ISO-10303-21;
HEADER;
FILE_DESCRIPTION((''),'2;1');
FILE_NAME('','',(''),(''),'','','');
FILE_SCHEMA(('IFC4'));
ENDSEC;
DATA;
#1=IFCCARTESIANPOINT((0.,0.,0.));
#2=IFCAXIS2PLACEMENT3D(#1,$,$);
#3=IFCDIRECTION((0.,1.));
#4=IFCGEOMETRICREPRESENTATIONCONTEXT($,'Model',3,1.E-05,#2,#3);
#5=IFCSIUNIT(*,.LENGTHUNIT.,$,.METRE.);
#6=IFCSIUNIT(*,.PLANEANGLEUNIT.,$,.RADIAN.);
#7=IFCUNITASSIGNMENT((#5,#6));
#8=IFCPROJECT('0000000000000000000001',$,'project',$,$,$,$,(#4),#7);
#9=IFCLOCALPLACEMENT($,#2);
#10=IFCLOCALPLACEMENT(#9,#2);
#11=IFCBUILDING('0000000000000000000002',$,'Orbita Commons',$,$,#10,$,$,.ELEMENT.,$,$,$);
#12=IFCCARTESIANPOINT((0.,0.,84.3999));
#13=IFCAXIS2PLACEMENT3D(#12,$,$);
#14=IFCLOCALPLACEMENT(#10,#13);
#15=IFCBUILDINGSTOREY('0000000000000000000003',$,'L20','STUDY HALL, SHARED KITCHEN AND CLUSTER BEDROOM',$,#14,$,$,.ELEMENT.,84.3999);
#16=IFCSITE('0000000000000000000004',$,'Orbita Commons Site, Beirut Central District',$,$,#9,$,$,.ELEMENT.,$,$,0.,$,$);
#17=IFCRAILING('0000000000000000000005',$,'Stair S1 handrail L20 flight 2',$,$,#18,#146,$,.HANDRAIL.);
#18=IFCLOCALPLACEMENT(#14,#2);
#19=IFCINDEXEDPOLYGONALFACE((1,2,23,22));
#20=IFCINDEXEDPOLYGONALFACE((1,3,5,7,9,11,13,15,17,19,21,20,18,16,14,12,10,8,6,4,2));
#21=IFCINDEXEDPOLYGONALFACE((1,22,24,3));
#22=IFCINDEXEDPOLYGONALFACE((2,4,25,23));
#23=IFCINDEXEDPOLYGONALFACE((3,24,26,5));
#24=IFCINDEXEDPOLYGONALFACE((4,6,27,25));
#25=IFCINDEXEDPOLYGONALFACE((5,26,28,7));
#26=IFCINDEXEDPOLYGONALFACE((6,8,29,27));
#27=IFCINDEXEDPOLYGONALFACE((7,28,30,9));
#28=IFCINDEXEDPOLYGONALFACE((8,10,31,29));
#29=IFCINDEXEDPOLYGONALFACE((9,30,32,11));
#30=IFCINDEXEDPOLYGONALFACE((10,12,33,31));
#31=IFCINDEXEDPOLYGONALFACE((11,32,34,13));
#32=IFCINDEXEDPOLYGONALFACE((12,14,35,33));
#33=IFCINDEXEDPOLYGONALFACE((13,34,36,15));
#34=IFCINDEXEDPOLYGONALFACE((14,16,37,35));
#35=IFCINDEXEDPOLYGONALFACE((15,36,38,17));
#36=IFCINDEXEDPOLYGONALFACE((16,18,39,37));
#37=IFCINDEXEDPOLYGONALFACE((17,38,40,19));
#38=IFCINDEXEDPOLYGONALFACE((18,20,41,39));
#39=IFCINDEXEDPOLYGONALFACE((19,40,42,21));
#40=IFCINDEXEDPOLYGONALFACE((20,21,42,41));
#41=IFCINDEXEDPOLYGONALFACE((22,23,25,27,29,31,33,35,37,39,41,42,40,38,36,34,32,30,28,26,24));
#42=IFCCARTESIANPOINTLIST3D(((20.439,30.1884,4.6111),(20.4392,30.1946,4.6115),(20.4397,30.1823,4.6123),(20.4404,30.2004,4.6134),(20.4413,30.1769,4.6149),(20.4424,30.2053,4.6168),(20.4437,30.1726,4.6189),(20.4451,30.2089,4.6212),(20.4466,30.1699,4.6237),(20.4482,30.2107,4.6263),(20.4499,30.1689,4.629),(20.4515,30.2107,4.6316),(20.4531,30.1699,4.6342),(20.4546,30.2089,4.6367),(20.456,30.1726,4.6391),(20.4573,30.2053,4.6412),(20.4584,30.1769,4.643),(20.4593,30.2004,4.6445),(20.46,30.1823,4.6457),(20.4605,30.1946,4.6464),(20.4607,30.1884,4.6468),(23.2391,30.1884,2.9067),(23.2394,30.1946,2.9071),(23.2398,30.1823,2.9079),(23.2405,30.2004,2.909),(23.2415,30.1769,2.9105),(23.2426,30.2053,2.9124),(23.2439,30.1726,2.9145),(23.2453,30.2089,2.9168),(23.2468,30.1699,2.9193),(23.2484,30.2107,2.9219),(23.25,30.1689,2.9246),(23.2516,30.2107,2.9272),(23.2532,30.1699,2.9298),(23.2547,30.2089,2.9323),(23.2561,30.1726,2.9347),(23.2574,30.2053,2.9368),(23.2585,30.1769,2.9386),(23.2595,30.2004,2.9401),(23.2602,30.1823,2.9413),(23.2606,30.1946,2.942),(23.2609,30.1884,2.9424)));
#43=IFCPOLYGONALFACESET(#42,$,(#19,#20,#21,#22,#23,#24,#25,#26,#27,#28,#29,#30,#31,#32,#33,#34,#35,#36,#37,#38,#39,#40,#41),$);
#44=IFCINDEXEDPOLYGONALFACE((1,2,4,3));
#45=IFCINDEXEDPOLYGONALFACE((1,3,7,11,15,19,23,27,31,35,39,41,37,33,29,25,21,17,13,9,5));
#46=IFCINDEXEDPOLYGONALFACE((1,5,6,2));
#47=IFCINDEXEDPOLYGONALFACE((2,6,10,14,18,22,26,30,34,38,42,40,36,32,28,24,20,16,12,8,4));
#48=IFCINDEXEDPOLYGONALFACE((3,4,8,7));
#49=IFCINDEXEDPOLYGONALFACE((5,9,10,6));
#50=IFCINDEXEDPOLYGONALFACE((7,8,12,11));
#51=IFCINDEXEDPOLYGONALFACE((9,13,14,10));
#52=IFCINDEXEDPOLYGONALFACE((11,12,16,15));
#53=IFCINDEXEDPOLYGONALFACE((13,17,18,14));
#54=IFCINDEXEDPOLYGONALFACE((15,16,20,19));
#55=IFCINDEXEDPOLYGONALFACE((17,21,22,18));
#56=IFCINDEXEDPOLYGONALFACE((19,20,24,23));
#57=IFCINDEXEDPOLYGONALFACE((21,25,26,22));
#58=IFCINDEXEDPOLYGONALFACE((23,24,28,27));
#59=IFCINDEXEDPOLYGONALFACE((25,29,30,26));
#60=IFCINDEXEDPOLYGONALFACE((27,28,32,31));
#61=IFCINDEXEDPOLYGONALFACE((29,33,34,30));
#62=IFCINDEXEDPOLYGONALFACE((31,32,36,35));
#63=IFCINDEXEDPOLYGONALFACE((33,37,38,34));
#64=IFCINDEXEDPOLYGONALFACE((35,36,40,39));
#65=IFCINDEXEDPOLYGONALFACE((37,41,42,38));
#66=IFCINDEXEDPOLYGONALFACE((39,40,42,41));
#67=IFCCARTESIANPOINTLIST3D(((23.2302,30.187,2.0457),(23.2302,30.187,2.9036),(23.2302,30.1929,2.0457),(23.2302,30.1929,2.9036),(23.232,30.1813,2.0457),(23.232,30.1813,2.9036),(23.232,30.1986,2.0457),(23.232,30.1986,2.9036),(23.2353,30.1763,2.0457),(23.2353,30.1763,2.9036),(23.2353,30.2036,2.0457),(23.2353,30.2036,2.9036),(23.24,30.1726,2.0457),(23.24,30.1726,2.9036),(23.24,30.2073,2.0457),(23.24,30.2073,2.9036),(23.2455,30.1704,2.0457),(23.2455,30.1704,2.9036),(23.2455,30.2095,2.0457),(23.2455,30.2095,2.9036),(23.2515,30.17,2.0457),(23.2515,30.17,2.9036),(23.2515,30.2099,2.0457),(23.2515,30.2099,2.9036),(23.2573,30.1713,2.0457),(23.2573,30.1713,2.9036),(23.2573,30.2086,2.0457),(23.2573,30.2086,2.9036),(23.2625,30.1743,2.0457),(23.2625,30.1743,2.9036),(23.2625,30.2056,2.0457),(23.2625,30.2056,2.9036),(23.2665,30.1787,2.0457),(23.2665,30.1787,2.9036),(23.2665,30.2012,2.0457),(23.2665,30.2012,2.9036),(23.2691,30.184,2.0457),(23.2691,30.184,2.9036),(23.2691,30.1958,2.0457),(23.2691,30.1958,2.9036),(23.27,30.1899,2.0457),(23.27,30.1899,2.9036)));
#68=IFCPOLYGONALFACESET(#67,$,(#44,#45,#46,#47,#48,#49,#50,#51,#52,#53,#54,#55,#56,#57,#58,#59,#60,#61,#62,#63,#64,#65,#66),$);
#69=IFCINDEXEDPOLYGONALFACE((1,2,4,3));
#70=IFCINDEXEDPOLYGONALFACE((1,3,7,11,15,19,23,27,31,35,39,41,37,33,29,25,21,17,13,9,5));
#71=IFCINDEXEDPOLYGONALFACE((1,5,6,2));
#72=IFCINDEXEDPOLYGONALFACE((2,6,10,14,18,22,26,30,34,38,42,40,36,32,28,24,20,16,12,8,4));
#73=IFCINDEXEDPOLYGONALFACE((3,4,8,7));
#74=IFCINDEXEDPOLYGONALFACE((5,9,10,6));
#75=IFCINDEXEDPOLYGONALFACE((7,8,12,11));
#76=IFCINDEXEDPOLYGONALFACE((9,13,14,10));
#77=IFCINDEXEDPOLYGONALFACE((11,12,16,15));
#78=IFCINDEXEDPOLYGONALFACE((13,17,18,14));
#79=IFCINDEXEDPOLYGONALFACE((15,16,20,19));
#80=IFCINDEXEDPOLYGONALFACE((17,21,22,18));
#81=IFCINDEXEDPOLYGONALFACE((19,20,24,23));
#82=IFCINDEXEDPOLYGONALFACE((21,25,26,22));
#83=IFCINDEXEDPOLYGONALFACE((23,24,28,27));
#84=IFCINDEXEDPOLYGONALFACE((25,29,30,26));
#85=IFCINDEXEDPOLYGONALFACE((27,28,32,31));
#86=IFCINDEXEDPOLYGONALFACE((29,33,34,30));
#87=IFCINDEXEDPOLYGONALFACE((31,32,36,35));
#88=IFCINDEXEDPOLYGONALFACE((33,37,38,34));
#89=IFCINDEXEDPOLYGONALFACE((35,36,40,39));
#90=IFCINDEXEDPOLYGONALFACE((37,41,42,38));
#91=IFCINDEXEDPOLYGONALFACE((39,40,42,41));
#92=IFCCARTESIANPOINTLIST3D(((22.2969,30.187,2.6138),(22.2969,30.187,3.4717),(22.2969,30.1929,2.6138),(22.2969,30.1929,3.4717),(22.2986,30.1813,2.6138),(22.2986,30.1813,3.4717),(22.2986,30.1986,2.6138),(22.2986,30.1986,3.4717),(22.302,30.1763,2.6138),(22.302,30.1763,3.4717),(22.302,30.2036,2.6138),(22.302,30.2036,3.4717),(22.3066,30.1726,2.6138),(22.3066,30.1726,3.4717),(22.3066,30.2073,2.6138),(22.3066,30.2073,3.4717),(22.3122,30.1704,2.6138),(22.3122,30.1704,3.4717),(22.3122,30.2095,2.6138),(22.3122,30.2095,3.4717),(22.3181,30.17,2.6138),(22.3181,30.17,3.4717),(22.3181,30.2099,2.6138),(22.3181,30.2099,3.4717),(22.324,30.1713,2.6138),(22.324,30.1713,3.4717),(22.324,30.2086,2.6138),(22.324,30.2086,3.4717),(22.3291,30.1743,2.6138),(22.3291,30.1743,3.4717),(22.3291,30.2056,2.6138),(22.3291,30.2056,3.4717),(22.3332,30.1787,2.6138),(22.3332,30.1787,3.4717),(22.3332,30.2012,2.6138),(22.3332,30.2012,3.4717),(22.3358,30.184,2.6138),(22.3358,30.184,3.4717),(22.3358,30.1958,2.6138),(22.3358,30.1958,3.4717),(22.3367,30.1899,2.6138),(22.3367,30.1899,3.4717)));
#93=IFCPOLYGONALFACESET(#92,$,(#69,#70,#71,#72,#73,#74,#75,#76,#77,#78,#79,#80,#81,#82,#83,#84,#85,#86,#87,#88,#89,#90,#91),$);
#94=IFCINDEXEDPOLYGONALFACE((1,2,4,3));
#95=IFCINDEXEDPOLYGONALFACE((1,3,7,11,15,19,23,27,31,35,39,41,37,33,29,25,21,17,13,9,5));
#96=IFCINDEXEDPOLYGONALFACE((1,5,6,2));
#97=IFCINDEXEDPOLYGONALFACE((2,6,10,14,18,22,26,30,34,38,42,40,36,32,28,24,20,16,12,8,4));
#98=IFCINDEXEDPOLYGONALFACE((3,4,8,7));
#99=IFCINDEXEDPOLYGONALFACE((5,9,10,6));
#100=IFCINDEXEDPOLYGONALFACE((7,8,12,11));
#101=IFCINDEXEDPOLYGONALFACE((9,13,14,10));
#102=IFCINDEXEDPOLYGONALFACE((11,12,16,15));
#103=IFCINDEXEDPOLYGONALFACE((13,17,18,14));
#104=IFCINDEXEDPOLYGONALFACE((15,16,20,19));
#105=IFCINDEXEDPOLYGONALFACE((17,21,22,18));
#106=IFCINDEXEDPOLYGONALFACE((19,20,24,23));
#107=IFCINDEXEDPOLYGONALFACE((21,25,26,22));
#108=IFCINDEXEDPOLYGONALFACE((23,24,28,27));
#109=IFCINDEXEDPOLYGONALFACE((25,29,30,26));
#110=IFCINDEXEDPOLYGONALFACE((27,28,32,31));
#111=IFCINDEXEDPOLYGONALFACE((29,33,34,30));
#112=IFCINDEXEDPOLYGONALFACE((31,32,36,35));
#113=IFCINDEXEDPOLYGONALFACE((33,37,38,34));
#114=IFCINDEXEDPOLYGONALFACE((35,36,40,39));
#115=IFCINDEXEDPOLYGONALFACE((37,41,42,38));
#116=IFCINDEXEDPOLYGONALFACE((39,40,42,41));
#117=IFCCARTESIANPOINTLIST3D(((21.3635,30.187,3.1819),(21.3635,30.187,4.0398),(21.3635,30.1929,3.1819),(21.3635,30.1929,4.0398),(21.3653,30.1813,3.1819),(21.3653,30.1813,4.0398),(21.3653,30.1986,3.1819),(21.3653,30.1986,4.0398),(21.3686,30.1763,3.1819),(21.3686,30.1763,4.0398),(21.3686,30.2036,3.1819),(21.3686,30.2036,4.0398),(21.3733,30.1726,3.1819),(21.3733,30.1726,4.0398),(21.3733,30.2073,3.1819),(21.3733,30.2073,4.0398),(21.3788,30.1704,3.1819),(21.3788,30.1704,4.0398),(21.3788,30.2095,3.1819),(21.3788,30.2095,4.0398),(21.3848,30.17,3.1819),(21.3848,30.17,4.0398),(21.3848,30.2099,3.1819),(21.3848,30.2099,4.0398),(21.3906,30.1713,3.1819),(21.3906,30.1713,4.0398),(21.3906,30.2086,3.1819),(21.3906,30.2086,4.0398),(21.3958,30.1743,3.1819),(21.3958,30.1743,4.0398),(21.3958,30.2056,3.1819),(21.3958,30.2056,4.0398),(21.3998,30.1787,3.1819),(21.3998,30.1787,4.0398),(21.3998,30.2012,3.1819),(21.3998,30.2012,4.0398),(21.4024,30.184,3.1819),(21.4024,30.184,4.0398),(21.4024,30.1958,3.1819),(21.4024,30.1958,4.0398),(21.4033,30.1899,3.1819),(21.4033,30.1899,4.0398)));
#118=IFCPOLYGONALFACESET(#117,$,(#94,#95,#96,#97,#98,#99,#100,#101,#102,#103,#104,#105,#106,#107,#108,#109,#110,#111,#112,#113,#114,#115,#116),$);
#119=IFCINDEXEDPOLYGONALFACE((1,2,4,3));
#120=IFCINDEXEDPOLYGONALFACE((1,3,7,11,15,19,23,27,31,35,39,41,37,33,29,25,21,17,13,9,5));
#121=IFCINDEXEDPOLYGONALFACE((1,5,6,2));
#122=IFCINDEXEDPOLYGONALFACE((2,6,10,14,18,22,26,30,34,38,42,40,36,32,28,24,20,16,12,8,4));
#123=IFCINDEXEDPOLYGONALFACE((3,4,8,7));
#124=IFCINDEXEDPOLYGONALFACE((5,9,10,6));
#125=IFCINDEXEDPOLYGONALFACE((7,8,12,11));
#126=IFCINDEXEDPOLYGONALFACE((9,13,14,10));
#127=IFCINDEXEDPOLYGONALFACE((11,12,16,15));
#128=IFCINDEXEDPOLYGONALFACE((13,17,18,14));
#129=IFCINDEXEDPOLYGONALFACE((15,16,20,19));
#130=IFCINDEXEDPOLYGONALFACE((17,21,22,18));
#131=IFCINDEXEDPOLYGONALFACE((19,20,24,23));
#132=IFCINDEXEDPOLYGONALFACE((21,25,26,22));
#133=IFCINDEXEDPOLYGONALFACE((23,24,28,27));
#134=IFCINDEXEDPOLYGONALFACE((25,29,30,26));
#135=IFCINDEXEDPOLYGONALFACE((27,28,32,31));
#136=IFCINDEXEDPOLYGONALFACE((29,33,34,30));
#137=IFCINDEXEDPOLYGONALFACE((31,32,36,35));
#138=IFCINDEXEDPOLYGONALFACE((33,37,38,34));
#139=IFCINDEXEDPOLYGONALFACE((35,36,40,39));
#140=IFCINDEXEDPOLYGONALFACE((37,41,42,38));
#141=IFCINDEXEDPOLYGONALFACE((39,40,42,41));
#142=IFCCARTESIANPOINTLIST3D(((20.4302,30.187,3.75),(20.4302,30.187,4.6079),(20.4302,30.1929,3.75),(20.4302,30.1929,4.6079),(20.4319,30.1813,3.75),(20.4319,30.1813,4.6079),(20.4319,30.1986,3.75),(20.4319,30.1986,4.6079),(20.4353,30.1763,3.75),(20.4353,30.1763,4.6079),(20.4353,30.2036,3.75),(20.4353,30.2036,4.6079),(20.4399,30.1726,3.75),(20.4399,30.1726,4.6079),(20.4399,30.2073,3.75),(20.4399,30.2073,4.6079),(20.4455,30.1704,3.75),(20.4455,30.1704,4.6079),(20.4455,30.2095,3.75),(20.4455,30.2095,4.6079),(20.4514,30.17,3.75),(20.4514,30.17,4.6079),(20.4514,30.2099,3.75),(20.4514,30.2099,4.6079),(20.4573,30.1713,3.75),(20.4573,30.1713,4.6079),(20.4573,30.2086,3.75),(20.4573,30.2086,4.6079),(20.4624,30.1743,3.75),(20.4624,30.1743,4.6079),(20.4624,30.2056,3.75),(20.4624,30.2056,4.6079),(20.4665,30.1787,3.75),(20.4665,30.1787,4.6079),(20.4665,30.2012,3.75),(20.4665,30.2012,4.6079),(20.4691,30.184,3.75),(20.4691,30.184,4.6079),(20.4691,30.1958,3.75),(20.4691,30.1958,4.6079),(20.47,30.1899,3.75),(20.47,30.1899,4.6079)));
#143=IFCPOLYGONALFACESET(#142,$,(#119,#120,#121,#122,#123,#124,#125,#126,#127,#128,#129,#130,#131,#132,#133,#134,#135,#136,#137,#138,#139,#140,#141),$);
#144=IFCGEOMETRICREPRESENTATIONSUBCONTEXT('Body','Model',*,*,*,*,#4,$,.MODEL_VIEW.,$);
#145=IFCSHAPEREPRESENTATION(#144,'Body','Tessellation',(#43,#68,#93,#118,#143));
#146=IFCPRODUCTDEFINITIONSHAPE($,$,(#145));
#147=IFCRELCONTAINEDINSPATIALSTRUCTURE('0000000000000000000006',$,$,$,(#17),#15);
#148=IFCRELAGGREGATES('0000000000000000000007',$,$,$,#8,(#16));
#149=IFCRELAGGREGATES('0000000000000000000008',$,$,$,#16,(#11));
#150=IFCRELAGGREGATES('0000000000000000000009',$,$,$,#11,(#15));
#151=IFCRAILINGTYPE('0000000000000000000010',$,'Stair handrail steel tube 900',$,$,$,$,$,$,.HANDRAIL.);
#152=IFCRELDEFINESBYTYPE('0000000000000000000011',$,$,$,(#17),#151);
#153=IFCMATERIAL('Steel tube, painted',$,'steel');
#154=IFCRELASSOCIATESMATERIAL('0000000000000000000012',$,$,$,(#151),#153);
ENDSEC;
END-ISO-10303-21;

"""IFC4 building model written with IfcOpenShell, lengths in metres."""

from ifc_helpers import new_model, si_unit, direction, frame, origin, origin_2d, place, context, subcontext, project, spatial, circle, extrude, material, type_object, element, save


model = new_model("IFC4")

# Units and contexts
model_context = context("Model", 3, precision=1e-05, world=origin(), true_north=direction((0.0, 1.0)))
body_context = subcontext(model_context, "Body", "Model", "MODEL_VIEW")
ifc_project = project(units=[si_unit("LENGTHUNIT", "METRE"), si_unit("PLANEANGLEUNIT", "RADIAN")], contexts=[model_context])

# Site, building, storey
site_placement = place(None, origin())
site = spatial("IfcSite", under=ifc_project, at=site_placement, Name="Orbita Commons Site, Beirut Central District", CompositionType="ELEMENT", RefElevation=0.0)
building_placement = place(site_placement, origin())
building = spatial("IfcBuilding", under=site, at=building_placement, Name="Orbita Commons", CompositionType="ELEMENT")
storey_placement = place(building_placement, frame((0.0, 0.0, 84.3999)))
storey = spatial("IfcBuildingStorey", under=building, at=storey_placement, Name="L20", Description="STUDY HALL, SHARED KITCHEN AND CLUSTER BEDROOM", CompositionType="ELEMENT", Elevation=84.3999)

# Railing
ifc_material_1 = material(Name="Steel tube, painted", Category="steel")
railing_type = type_object("IfcRailingType", Name="Stair handrail steel tube 900", PredefinedType="HANDRAIL", material=ifc_material_1)
for number, where, name in (
    (1, (23.25, 30.1899, 2.0457), "Stair S1 handrail L20 flight 2"),
):
    element("IfcRailing", number, at=place(storey_placement, frame(where)), inside=storey, type_object=railing_type, Name=name, PredefinedType="HANDRAIL", context=body_context, shape_type="SweptSolid", body=[
        extrude(circle(Radius=0.021, at=origin_2d()), frame((0.0, 0.0, 0.8789), z_axis=(-0.854203, 0.0, 0.51994), x_axis=(0.0, -1.0, 0.0)), (0.0, 0.0, 1.0), 3.2781),
        extrude(circle(Radius=0.02, at=origin_2d()), origin(), (0.0, 0.0, 1.0), 0.8579),
        extrude(circle(Radius=0.02, at=origin_2d()), frame((-0.9333, 0.0, 0.5681)), (0.0, 0.0, 1.0), 0.8579),
        extrude(circle(Radius=0.02, at=origin_2d()), frame((-1.8667, 0.0, 1.1362)), (0.0, 0.0, 1.0), 0.8579),
        extrude(circle(Radius=0.02, at=origin_2d()), frame((-2.8, 0.0, 1.7043)), (0.0, 0.0, 1.0), 0.8579),
    ])

save(model, "model.ifc")
